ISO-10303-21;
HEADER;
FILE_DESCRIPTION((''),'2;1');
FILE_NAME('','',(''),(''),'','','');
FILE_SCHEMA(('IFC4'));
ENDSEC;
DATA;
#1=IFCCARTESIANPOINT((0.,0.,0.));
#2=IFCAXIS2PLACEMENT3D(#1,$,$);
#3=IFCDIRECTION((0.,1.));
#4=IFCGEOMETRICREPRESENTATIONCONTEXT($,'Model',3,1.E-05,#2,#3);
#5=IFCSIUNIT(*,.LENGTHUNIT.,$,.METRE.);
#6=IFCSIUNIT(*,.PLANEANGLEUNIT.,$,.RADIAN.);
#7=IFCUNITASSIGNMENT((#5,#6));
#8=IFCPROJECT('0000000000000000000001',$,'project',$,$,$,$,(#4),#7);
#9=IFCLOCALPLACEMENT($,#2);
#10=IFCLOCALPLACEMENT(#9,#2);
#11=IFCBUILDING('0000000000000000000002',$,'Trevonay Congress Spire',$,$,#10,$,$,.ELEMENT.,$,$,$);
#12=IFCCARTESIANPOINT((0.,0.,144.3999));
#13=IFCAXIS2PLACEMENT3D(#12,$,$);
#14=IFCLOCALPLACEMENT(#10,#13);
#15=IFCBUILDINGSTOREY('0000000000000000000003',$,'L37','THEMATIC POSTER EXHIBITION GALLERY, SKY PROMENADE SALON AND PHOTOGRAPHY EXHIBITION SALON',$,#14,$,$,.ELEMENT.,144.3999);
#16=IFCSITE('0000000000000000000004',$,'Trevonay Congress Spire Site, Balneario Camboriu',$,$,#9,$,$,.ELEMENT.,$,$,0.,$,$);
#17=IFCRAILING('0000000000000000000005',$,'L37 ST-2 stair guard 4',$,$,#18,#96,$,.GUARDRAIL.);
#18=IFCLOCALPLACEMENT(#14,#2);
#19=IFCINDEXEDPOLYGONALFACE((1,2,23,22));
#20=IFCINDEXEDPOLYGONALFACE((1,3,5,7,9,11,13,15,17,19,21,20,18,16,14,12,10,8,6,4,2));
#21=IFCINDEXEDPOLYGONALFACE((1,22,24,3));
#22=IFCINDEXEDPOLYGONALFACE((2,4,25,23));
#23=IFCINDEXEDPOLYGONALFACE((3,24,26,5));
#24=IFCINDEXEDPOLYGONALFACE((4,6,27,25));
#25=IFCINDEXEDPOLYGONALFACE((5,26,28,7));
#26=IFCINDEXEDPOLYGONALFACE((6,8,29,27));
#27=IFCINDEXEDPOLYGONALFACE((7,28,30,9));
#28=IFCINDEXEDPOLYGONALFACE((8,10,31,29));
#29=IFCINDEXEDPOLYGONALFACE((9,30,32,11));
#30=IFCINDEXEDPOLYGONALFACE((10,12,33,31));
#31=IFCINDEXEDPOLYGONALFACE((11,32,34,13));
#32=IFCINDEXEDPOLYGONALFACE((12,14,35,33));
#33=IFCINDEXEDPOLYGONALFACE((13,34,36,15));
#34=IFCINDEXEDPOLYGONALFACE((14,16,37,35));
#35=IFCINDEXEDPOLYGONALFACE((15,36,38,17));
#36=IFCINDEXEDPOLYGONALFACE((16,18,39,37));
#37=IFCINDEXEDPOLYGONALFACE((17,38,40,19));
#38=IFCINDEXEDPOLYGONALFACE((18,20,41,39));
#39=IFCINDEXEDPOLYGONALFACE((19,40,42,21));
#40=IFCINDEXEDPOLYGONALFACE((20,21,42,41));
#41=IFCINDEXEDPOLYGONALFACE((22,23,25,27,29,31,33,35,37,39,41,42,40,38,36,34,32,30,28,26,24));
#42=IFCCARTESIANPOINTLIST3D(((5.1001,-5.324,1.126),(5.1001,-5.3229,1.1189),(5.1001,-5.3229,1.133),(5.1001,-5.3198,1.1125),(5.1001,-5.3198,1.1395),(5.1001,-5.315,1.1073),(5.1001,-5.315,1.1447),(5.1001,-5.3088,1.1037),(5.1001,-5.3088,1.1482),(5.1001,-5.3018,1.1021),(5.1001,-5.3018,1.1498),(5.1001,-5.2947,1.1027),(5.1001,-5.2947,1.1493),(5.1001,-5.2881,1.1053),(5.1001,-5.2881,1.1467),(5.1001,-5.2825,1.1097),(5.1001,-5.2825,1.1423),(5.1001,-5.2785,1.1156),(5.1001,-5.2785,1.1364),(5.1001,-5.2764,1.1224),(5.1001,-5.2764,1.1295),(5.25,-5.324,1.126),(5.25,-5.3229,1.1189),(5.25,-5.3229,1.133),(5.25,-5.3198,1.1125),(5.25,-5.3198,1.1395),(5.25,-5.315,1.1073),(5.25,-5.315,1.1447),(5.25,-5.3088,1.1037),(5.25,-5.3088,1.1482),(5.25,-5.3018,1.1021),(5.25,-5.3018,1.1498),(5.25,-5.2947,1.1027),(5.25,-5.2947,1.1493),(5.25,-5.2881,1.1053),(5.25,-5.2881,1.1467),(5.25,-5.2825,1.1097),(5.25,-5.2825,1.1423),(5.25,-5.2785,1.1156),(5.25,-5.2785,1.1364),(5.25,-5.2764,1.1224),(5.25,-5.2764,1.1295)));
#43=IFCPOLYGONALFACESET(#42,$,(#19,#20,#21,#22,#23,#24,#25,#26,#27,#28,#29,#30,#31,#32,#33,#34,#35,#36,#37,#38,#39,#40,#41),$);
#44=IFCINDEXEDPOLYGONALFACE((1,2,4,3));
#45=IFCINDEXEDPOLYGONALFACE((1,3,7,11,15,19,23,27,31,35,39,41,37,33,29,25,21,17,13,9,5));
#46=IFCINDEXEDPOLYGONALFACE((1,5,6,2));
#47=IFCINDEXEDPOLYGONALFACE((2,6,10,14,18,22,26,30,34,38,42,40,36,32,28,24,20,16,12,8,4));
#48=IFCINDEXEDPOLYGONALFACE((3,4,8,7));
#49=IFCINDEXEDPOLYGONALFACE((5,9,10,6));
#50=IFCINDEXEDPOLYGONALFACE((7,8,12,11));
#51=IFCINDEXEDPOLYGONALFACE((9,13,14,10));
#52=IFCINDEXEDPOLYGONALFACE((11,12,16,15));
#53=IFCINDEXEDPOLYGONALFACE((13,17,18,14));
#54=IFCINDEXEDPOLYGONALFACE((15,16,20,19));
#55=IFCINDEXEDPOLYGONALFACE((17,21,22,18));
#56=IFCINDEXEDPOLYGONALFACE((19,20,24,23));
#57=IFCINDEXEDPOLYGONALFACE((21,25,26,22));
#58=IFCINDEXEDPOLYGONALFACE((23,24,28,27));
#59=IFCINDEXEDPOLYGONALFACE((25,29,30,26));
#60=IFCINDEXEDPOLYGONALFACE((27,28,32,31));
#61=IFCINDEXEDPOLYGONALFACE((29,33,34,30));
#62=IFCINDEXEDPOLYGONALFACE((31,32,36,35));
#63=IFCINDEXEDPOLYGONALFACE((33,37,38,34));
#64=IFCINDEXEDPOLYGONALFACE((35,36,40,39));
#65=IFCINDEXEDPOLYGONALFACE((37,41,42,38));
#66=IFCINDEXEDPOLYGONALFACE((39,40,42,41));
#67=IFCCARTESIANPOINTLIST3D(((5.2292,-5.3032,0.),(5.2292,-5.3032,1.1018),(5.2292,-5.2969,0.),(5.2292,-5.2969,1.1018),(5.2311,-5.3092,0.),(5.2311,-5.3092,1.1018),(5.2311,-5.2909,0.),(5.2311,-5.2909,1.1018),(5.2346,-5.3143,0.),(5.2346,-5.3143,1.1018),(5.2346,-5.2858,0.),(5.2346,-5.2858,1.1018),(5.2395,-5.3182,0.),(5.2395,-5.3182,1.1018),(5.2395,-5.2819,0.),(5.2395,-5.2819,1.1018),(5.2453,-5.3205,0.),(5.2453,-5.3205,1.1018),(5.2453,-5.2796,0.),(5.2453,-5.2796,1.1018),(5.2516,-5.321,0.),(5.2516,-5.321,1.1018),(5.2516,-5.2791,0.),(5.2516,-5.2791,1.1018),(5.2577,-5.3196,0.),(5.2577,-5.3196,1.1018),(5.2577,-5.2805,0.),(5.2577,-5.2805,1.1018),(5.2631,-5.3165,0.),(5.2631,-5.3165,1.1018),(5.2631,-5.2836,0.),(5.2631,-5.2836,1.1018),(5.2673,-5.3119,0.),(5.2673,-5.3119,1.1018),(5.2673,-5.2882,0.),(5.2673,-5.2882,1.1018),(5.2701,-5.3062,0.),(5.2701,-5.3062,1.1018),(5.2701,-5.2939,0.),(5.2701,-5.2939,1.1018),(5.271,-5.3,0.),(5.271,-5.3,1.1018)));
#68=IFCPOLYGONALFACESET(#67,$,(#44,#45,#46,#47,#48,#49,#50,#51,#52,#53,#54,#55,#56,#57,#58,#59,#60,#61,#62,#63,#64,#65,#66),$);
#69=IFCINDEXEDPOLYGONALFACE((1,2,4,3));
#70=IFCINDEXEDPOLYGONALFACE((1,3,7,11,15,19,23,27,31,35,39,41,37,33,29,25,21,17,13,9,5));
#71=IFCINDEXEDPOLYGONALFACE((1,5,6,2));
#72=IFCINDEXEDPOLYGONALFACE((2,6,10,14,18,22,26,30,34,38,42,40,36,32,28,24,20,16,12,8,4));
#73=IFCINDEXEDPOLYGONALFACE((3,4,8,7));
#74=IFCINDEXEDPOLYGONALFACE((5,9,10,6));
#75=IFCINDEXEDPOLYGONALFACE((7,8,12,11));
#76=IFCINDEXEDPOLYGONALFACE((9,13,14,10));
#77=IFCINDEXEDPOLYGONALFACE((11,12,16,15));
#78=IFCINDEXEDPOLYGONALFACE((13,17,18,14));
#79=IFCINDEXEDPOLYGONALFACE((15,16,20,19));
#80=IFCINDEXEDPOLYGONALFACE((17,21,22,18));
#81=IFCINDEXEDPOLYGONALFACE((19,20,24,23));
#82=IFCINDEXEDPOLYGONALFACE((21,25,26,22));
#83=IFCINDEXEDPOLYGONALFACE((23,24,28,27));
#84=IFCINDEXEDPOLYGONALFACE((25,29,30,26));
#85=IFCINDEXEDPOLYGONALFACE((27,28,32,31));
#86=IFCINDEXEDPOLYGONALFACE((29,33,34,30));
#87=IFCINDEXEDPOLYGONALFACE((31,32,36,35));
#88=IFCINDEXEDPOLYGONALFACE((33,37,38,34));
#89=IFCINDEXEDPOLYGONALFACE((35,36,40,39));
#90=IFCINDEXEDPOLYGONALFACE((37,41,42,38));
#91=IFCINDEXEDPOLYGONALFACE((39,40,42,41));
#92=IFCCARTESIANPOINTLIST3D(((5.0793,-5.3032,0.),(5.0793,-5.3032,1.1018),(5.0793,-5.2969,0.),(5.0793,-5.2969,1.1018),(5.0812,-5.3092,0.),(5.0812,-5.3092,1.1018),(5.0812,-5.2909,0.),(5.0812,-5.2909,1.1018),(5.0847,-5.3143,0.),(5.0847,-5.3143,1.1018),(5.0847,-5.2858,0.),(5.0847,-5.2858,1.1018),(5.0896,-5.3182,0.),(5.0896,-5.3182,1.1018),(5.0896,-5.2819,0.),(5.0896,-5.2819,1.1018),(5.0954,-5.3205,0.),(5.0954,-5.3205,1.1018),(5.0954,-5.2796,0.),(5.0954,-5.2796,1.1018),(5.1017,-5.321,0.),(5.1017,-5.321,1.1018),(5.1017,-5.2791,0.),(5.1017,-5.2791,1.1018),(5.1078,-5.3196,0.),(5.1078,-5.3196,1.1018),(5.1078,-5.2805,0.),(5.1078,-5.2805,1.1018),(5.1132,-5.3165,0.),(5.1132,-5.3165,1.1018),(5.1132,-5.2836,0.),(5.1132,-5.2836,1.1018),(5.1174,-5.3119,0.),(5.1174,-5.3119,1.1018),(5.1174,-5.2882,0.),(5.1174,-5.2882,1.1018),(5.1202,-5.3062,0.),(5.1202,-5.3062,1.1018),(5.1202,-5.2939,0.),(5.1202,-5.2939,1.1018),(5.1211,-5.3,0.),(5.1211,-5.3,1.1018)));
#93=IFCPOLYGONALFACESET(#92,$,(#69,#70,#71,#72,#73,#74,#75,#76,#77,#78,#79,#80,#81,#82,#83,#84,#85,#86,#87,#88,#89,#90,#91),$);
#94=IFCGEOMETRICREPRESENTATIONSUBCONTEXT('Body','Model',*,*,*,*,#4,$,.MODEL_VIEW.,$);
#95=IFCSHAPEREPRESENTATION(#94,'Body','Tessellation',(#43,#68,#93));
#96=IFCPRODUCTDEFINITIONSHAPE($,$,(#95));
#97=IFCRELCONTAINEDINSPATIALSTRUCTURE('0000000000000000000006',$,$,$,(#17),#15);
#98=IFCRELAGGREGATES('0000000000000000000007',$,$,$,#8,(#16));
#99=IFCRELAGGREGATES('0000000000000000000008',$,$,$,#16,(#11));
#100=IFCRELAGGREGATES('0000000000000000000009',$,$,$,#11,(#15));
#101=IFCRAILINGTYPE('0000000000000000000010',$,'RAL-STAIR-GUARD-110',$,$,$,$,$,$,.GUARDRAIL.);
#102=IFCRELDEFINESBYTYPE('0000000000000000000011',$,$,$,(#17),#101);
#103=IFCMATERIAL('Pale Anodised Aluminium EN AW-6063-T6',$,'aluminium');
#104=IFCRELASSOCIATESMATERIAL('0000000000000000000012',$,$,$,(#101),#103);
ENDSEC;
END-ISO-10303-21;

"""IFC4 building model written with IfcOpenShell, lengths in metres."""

from ifc_helpers import new_model, si_unit, direction, frame, origin, origin_2d, place, context, subcontext, project, spatial, circle, extrude, material, type_object, element, save


model = new_model("IFC4")

# Units and contexts
model_context = context("Model", 3, precision=1e-05, world=origin(), true_north=direction((0.0, 1.0)))
body_context = subcontext(model_context, "Body", "Model", "MODEL_VIEW")
ifc_project = project(units=[si_unit("LENGTHUNIT", "METRE"), si_unit("PLANEANGLEUNIT", "RADIAN")], contexts=[model_context])

# Site, building, storey
site_placement = place(None, origin())
site = spatial("IfcSite", under=ifc_project, at=site_placement, Name="Trevonay Congress Spire Site, Balneario Camboriu", CompositionType="ELEMENT", RefElevation=0.0)
building_placement = place(site_placement, origin())
building = spatial("IfcBuilding", under=site, at=building_placement, Name="Trevonay Congress Spire", CompositionType="ELEMENT")
storey_placement = place(building_placement, frame((0.0, 0.0, 144.3999)))
storey = spatial("IfcBuildingStorey", under=building, at=storey_placement, Name="L37", Description="THEMATIC POSTER EXHIBITION GALLERY, SKY PROMENADE SALON AND PHOTOGRAPHY EXHIBITION SALON", CompositionType="ELEMENT", Elevation=144.3999)

# Shared definitions
ifc_material_1 = material(Name="Pale Anodised Aluminium EN AW-6063-T6", Category="aluminium")

# Railing
railing_type_1 = type_object("IfcRailingType", Name="RAL-STAIR-GUARD-110", PredefinedType="GUARDRAIL", material=ifc_material_1)
railing_1_placement = place(storey_placement, frame((5.25, -5.3, 0.0)))
element("IfcRailing", 1, at=railing_1_placement, inside=storey, type_object=railing_type_1, Name="L37 ST-2 stair guard 4", PredefinedType="GUARDRAIL", context=body_context, shape_type="SweptSolid", body=[
    extrude(circle(Radius=0.0239, at=origin_2d()), frame((0.0, 0.0, 1.126), z_axis=(-1.0, 0.0, 0.0), x_axis=(0.0, -1.0, 0.0)), (0.0, 0.0, 1.0), 0.1499),
    extrude(circle(Radius=0.021, at=origin_2d()), origin(), (0.0, 0.0, 1.0), 1.1018),
    extrude(circle(Radius=0.021, at=origin_2d()), frame((-0.1499, 0.0, 0.0)), (0.0, 0.0, 1.0), 1.1018),
])

save(model, "model.ifc")
